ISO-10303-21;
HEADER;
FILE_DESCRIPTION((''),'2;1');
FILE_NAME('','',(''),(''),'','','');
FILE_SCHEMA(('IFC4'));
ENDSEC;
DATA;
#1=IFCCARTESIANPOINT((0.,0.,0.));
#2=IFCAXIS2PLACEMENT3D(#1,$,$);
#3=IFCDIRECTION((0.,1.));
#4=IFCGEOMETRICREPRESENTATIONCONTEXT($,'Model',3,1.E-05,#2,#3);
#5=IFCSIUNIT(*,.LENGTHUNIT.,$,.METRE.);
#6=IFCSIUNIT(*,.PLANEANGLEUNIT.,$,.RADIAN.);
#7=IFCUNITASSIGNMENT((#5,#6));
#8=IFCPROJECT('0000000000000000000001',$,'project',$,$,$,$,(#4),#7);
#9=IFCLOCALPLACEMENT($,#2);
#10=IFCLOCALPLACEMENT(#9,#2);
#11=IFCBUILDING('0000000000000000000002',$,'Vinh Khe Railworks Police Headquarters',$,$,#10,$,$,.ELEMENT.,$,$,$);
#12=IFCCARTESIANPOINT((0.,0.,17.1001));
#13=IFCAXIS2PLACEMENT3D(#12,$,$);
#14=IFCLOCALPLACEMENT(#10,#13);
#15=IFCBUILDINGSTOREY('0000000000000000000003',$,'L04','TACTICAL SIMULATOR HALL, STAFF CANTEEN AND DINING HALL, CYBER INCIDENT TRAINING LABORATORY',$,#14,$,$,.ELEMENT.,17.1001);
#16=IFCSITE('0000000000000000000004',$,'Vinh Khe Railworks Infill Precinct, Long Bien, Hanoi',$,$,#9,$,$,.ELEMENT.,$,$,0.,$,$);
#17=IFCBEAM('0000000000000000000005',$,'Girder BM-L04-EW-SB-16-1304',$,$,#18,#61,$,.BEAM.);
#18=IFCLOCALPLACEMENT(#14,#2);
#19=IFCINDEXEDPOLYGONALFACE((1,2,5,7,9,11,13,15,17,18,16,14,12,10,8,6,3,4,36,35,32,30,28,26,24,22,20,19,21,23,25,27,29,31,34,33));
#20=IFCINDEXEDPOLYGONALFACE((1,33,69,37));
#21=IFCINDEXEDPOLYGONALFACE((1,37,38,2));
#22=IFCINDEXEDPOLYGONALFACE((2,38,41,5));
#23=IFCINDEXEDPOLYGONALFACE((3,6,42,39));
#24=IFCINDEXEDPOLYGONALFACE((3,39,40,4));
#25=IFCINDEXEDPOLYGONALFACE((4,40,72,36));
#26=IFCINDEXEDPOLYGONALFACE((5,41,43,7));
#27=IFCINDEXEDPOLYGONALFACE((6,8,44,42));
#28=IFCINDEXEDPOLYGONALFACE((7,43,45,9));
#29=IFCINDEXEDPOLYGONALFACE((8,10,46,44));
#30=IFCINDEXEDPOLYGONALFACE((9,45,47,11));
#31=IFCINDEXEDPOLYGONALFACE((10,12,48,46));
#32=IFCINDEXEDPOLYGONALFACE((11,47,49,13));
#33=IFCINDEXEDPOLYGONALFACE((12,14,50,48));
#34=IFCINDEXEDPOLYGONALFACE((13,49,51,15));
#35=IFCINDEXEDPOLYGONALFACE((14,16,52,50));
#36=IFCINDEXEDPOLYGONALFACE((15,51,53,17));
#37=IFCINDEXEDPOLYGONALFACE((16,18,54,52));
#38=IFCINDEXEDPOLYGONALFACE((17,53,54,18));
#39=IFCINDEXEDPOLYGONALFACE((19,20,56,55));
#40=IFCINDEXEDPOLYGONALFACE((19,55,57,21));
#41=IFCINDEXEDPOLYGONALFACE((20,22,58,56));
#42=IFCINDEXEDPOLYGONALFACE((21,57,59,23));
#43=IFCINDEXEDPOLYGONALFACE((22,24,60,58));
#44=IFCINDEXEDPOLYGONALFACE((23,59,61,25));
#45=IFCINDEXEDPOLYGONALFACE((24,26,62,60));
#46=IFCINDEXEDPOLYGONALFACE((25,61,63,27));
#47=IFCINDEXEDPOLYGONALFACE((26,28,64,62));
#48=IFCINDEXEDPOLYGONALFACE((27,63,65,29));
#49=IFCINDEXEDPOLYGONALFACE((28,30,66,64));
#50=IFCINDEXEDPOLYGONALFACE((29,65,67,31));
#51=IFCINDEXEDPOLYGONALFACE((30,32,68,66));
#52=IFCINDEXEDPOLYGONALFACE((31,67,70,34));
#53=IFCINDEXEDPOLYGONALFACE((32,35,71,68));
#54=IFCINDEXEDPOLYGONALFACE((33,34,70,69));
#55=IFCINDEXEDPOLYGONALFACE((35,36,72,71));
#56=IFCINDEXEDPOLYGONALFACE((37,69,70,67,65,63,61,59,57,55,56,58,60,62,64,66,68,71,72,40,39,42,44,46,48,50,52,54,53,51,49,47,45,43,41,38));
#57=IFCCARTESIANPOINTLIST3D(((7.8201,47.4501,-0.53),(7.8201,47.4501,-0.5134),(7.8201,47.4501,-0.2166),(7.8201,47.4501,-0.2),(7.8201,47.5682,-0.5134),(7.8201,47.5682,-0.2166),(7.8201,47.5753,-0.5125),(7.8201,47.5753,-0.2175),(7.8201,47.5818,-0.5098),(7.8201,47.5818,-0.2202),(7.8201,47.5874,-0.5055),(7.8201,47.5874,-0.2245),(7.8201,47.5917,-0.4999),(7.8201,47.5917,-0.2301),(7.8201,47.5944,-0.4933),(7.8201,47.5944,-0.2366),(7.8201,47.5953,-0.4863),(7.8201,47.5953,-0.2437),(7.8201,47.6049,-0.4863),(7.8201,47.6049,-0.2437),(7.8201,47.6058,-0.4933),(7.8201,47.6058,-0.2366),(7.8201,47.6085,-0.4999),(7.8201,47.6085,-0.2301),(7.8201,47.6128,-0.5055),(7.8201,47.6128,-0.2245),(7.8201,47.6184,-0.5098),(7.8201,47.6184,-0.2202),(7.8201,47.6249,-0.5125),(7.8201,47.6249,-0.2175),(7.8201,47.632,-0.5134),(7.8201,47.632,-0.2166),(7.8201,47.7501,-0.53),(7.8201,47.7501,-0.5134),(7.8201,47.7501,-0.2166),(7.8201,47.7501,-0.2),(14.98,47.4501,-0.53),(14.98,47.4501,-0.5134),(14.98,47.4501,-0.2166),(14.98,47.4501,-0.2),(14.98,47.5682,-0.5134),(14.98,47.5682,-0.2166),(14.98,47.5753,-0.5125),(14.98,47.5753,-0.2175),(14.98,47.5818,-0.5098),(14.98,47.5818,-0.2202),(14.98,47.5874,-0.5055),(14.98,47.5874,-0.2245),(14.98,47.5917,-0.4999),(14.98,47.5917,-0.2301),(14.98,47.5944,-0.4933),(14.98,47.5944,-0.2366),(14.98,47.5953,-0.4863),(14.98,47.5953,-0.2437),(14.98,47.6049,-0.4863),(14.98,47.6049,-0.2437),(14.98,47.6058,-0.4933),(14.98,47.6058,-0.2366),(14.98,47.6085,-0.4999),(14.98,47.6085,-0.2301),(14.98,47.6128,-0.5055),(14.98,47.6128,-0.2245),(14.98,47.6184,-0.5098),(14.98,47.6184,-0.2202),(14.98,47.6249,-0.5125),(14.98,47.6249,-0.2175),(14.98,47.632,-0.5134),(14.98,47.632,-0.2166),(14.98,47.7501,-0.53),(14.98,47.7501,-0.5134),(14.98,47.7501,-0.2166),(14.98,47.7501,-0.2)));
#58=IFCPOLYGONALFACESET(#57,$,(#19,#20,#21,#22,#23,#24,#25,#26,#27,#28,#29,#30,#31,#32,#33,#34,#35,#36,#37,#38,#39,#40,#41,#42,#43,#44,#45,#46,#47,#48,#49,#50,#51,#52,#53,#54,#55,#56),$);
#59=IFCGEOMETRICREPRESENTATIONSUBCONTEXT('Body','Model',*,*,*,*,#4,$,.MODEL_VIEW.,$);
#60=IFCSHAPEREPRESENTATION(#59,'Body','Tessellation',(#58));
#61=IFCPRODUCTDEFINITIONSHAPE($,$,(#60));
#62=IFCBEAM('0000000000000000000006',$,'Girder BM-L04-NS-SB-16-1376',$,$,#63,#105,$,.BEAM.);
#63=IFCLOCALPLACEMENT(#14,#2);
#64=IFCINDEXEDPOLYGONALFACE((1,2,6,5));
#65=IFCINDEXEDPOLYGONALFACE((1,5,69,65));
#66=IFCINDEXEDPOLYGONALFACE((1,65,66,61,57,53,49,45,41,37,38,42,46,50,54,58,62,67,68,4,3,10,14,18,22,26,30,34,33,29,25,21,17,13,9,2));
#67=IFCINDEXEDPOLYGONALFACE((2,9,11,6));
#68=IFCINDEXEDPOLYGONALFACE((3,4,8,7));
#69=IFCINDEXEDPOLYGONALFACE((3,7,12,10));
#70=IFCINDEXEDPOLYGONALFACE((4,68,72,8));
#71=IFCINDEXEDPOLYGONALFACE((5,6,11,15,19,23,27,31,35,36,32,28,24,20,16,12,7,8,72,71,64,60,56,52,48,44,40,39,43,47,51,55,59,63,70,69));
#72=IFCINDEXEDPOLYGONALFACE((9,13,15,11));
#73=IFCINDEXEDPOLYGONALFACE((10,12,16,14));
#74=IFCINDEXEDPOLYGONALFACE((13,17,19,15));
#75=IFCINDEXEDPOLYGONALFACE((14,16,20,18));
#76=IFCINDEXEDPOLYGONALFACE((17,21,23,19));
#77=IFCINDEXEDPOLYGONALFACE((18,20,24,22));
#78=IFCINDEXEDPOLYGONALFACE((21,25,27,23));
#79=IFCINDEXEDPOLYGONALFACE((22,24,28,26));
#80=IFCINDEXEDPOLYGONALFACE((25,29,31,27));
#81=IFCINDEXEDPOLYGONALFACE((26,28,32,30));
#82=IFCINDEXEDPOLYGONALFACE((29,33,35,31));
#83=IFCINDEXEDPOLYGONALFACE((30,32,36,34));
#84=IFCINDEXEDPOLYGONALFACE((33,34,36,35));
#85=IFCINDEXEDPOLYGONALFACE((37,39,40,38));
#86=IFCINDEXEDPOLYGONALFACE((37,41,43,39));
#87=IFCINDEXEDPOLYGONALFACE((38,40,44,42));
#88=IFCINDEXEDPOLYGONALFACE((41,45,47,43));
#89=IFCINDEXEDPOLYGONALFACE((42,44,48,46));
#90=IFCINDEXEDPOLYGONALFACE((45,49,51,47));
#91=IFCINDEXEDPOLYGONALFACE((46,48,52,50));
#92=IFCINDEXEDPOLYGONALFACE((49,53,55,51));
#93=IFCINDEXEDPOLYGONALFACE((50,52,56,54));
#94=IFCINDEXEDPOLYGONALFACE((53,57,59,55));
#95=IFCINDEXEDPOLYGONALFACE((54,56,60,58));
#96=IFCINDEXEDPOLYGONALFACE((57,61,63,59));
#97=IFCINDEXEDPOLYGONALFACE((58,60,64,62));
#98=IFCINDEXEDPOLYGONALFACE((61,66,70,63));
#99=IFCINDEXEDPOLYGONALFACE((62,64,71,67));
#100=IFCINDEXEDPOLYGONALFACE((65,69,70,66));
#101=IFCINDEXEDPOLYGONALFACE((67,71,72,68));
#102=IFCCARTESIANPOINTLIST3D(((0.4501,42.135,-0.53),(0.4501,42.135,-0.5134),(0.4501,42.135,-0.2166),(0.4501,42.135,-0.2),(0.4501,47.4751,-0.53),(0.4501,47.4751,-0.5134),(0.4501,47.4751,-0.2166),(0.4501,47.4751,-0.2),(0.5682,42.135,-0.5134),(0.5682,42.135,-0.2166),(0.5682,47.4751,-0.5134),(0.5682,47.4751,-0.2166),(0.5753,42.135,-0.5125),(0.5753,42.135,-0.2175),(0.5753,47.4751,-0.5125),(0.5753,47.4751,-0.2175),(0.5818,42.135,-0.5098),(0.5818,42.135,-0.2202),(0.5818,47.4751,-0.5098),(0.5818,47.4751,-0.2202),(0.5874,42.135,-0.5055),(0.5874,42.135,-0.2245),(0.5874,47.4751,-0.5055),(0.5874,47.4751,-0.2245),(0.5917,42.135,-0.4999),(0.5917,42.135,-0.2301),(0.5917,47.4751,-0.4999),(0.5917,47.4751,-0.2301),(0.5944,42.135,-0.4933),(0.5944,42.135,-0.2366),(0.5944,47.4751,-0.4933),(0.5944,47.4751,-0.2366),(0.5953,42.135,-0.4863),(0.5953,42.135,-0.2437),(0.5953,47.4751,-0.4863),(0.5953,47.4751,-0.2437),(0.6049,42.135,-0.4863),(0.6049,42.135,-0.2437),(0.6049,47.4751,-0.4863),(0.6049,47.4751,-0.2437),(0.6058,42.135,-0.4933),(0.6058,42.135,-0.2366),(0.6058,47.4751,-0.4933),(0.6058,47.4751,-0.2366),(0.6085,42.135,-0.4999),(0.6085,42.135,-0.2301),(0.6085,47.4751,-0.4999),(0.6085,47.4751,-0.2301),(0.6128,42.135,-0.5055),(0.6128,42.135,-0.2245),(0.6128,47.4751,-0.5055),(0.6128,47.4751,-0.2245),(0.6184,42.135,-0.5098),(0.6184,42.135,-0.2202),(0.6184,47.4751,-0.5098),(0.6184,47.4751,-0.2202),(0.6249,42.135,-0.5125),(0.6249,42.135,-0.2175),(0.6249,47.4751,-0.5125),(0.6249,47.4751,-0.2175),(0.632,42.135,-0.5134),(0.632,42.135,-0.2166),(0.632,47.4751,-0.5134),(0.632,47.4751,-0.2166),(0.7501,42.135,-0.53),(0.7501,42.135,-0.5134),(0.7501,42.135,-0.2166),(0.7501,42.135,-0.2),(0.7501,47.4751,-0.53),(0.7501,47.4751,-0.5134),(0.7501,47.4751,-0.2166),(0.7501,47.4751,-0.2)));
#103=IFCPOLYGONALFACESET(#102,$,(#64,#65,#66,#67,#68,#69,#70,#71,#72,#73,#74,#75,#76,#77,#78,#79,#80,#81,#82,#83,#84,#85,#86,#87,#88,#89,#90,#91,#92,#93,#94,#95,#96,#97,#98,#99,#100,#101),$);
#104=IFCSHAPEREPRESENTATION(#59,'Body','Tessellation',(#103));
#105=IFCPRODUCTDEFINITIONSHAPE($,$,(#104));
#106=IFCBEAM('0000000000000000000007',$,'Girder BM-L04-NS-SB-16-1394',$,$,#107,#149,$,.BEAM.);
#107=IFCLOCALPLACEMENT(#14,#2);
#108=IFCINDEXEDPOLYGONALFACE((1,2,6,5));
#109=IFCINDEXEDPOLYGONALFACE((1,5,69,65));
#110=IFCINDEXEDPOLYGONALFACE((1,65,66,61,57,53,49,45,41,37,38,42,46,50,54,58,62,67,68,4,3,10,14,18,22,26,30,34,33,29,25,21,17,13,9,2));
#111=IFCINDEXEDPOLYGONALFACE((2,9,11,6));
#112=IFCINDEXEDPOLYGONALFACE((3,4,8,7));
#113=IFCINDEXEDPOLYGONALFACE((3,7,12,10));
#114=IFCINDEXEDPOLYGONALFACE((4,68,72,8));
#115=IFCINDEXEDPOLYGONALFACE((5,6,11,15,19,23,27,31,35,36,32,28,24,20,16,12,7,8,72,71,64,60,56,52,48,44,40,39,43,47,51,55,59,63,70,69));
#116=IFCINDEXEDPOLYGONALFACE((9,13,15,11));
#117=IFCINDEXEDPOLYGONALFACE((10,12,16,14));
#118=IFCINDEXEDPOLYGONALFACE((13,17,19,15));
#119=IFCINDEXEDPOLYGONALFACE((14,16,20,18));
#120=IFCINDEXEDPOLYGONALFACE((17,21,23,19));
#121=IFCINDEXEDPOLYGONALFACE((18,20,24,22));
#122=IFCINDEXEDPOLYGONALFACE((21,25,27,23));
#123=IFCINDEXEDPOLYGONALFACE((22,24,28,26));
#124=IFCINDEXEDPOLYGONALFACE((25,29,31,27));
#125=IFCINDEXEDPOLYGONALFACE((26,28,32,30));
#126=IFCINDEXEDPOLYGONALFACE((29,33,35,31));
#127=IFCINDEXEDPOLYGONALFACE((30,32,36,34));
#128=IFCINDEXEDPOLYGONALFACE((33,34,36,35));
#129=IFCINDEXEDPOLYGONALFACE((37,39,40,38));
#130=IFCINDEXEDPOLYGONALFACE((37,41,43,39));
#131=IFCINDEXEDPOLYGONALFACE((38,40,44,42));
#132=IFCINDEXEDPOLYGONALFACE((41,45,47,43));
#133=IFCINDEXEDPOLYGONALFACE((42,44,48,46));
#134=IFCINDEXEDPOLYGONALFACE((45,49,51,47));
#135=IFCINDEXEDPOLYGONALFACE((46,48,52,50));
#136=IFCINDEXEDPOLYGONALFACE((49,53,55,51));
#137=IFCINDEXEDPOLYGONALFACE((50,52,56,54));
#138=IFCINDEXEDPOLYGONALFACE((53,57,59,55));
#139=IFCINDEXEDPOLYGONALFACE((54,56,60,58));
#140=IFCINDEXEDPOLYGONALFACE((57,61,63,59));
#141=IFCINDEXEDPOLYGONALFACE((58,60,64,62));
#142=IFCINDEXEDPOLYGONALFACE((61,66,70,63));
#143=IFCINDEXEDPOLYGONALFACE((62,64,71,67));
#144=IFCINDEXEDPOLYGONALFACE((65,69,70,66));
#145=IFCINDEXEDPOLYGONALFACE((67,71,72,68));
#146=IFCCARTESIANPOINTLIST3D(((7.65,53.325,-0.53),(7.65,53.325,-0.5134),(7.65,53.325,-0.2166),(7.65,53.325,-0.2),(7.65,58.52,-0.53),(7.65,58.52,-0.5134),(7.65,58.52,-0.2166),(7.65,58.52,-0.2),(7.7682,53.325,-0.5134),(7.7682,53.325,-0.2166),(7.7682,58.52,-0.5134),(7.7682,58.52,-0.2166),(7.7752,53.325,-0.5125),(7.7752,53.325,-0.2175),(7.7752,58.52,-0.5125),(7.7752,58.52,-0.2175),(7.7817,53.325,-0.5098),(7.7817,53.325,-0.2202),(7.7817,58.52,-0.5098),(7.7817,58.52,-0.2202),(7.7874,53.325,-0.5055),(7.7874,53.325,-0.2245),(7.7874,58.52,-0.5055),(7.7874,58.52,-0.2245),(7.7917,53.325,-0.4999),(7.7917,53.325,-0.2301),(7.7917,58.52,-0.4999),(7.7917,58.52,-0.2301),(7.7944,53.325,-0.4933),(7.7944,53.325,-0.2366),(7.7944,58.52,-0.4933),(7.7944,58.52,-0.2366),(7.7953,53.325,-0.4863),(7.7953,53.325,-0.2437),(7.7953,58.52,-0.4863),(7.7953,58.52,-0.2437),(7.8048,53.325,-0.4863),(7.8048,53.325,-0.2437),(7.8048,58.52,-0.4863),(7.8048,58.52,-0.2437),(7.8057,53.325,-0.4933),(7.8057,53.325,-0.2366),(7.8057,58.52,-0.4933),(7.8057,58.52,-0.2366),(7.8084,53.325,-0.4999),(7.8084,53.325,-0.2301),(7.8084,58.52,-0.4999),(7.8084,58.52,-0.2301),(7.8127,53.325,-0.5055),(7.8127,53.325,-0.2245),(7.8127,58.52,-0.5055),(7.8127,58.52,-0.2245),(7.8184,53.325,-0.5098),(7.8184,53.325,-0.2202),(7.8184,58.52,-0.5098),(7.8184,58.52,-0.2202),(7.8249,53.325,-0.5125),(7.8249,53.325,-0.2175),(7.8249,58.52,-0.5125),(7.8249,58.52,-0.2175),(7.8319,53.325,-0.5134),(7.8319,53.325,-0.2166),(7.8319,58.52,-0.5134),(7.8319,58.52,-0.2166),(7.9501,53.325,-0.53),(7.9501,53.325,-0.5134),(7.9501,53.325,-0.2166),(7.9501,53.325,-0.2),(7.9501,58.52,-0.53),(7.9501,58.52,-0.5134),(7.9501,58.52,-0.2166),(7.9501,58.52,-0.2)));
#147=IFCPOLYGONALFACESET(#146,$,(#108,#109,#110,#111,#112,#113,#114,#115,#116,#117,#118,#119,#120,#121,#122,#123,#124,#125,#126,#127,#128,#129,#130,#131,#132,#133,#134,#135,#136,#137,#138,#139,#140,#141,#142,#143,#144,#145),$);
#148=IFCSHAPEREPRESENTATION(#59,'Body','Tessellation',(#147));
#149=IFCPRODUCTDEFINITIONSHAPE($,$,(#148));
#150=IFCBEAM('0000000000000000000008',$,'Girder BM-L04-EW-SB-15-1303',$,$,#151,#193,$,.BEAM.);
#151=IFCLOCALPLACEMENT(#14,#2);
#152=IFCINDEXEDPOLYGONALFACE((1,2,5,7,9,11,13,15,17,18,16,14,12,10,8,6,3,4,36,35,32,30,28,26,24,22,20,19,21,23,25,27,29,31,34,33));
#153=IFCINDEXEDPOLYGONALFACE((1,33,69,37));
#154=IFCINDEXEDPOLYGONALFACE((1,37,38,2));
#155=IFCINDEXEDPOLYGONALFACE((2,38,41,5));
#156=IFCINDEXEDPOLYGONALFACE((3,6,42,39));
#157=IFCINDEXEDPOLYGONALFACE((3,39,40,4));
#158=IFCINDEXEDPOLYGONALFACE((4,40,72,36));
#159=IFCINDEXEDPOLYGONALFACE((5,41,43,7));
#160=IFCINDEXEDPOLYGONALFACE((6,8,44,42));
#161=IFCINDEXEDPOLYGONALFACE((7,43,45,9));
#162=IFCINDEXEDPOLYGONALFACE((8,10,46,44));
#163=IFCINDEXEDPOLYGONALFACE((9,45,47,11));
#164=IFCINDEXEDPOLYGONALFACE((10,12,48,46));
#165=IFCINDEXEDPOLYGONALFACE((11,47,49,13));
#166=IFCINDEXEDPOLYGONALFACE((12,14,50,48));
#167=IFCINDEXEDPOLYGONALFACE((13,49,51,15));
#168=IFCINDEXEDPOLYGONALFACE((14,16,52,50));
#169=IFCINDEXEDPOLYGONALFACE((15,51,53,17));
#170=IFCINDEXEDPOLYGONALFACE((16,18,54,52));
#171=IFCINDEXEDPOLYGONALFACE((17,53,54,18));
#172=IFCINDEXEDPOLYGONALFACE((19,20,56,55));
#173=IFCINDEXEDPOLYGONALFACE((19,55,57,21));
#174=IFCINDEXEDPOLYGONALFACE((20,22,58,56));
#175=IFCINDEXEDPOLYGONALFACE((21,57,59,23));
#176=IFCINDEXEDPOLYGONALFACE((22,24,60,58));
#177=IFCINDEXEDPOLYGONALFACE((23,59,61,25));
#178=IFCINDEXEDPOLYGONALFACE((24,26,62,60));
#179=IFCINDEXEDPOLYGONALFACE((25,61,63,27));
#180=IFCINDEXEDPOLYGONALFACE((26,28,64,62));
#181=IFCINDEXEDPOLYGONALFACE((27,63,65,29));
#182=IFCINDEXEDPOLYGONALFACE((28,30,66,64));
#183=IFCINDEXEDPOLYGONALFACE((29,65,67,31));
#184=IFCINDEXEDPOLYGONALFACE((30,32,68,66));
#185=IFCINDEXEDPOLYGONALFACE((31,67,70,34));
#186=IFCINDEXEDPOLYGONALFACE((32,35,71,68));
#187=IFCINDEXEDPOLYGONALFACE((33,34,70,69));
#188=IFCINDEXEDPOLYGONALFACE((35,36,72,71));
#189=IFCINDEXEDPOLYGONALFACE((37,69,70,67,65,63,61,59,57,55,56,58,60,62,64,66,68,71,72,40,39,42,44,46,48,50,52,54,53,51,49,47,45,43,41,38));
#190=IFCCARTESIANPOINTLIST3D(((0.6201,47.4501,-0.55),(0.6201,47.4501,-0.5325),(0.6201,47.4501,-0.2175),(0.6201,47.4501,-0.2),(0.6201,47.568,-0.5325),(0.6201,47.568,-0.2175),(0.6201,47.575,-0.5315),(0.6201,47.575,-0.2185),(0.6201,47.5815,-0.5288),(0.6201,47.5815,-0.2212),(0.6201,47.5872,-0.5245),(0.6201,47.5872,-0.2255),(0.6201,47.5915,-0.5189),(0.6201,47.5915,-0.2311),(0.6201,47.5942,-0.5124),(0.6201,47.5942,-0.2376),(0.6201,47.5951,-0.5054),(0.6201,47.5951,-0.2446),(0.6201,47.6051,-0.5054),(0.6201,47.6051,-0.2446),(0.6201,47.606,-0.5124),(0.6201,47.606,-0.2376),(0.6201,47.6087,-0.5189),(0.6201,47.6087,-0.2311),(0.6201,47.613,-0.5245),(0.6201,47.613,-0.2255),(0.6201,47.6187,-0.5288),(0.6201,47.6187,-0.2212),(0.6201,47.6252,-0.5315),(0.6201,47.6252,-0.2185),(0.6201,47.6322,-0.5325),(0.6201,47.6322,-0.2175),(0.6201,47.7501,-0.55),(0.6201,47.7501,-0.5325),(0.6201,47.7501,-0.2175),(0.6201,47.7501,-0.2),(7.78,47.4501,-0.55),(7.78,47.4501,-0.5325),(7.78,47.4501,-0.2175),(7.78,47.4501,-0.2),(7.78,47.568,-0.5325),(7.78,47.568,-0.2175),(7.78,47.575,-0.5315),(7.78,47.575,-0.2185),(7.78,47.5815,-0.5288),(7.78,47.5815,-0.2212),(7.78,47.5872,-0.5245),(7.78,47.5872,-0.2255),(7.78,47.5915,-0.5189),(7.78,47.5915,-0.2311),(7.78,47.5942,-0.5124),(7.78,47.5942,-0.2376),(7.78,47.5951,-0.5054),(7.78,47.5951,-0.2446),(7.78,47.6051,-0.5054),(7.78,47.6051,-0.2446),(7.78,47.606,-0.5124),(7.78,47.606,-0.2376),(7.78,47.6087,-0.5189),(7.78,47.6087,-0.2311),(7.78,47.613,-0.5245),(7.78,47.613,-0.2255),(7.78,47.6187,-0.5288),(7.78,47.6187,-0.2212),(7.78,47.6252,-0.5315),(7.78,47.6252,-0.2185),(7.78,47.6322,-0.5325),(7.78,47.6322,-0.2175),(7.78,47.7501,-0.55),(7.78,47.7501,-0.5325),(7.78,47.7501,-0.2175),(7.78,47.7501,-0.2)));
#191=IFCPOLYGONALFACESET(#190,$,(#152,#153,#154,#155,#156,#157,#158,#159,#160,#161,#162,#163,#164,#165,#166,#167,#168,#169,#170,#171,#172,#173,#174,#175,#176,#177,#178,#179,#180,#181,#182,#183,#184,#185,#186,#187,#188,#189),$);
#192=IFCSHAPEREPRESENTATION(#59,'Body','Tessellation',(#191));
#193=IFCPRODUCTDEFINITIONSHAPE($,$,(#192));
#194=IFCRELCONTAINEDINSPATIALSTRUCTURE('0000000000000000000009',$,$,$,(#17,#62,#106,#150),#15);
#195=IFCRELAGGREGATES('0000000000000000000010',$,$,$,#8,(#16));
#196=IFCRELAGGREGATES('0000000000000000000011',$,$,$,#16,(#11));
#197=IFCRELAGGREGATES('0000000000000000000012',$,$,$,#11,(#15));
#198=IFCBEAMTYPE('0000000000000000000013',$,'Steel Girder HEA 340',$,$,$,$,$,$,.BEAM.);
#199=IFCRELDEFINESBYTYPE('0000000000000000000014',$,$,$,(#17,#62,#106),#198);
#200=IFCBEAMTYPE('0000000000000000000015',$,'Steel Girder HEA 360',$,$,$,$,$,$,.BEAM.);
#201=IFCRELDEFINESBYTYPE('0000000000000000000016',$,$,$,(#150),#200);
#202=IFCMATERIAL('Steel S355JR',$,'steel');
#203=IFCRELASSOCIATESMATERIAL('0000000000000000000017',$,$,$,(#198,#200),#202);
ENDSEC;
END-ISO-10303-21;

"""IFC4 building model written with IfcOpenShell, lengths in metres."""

from ifc_helpers import new_model, si_unit, direction, frame, origin, origin_2d, place, context, subcontext, project, spatial, i_section, extrude, material, material_profile, profile_set, type_object, element, save


model = new_model("IFC4")

# Units and contexts
model_context = context("Model", 3, precision=1e-05, world=origin(), true_north=direction((0.0, 1.0)))
body_context = subcontext(model_context, "Body", "Model", "MODEL_VIEW")
ifc_project = project(units=[si_unit("LENGTHUNIT", "METRE"), si_unit("PLANEANGLEUNIT", "RADIAN")], contexts=[model_context])

# Site, building, storey
site_placement = place(None, origin())
site = spatial("IfcSite", under=ifc_project, at=site_placement, Name="Vinh Khe Railworks Infill Precinct, Long Bien, Hanoi", CompositionType="ELEMENT", RefElevation=0.0)
building_placement = place(site_placement, origin())
building = spatial("IfcBuilding", under=site, at=building_placement, Name="Vinh Khe Railworks Police Headquarters", CompositionType="ELEMENT")
storey_placement = place(building_placement, frame((0.0, 0.0, 17.1001)))
storey = spatial("IfcBuildingStorey", under=building, at=storey_placement, Name="L04", Description="TACTICAL SIMULATOR HALL, STAFF CANTEEN AND DINING HALL, CYBER INCIDENT TRAINING LABORATORY", CompositionType="ELEMENT", Elevation=17.1001)

# Shared definitions
ifc_material_1 = material(Name="Steel S355JR", Category="steel")

# Beams
ifc_material_profile_1 = material_profile(ifc_material_1, i_section(OverallWidth=0.3, OverallDepth=0.3301, WebThickness=0.0095, FlangeThickness=0.0166, FilletRadius=0.0271, at=origin_2d()), Name="HEA 340")
ifc_profile_set_1 = profile_set([ifc_material_profile_1], Name="Steel S355JR")
beam_type_1 = type_object("IfcBeamType", Name="Steel Girder HEA 340", PredefinedType="BEAM", material=ifc_profile_set_1)
beam_1_placement = place(storey_placement, frame((7.8201, 47.6001, -0.365), z_axis=(1.0, 0.0, 0.0), x_axis=(0.0, 1.0, 0.0)))
element("IfcBeam", 1, at=beam_1_placement, inside=storey, type_object=beam_type_1, Name="Girder BM-L04-EW-SB-16-1304", PredefinedType="BEAM", context=body_context, shape_type="SweptSolid", body=[
    extrude(i_section(OverallWidth=0.3, OverallDepth=0.3301, WebThickness=0.0095, FlangeThickness=0.0166, FilletRadius=0.0271, at=origin_2d()), origin(), (0.0, 0.0, 1.0), 7.1599),
])
beam_2_placement = place(storey_placement, frame((0.6001, 42.135, -0.365), z_axis=(0.0, 1.0, 0.0), x_axis=(-1.0, 0.0, 0.0)))
element("IfcBeam", 2, at=beam_2_placement, inside=storey, type_object=beam_type_1, Name="Girder BM-L04-NS-SB-16-1376", PredefinedType="BEAM", context=body_context, shape_type="SweptSolid", body=[
    extrude(i_section(OverallWidth=0.3, OverallDepth=0.3301, WebThickness=0.0095, FlangeThickness=0.0166, FilletRadius=0.0271, at=origin_2d()), origin(), (0.0, 0.0, 1.0), 5.3401),
])
beam_3_placement = place(storey_placement, frame((7.8, 53.325, -0.365), z_axis=(0.0, 1.0, 0.0), x_axis=(-1.0, 0.0, 0.0)))
element("IfcBeam", 3, at=beam_3_placement, inside=storey, type_object=beam_type_1, Name="Girder BM-L04-NS-SB-16-1394", PredefinedType="BEAM", context=body_context, shape_type="SweptSolid", body=[
    extrude(i_section(OverallWidth=0.3, OverallDepth=0.3301, WebThickness=0.0095, FlangeThickness=0.0166, FilletRadius=0.0271, at=origin_2d()), origin(), (0.0, 0.0, 1.0), 5.1951),
])
ifc_material_profile_2 = material_profile(ifc_material_1, i_section(OverallWidth=0.3, OverallDepth=0.3501, WebThickness=0.01, FlangeThickness=0.0176, FilletRadius=0.0271, at=origin_2d()), Name="HEA 360")
ifc_profile_set_2 = profile_set([ifc_material_profile_2], Name="Steel S355JR")
beam_type_2 = type_object("IfcBeamType", Name="Steel Girder HEA 360", PredefinedType="BEAM", material=ifc_profile_set_2)
beam_4_placement = place(storey_placement, frame((0.6201, 47.6001, -0.375), z_axis=(1.0, 0.0, 0.0), x_axis=(0.0, 1.0, 0.0)))
element("IfcBeam", 4, at=beam_4_placement, inside=storey, type_object=beam_type_2, Name="Girder BM-L04-EW-SB-15-1303", PredefinedType="BEAM", context=body_context, shape_type="SweptSolid", body=[
    extrude(i_section(OverallWidth=0.3, OverallDepth=0.3501, WebThickness=0.01, FlangeThickness=0.0176, FilletRadius=0.0271, at=origin_2d()), origin(), (0.0, 0.0, 1.0), 7.1599),
])

save(model, "model.ifc")
